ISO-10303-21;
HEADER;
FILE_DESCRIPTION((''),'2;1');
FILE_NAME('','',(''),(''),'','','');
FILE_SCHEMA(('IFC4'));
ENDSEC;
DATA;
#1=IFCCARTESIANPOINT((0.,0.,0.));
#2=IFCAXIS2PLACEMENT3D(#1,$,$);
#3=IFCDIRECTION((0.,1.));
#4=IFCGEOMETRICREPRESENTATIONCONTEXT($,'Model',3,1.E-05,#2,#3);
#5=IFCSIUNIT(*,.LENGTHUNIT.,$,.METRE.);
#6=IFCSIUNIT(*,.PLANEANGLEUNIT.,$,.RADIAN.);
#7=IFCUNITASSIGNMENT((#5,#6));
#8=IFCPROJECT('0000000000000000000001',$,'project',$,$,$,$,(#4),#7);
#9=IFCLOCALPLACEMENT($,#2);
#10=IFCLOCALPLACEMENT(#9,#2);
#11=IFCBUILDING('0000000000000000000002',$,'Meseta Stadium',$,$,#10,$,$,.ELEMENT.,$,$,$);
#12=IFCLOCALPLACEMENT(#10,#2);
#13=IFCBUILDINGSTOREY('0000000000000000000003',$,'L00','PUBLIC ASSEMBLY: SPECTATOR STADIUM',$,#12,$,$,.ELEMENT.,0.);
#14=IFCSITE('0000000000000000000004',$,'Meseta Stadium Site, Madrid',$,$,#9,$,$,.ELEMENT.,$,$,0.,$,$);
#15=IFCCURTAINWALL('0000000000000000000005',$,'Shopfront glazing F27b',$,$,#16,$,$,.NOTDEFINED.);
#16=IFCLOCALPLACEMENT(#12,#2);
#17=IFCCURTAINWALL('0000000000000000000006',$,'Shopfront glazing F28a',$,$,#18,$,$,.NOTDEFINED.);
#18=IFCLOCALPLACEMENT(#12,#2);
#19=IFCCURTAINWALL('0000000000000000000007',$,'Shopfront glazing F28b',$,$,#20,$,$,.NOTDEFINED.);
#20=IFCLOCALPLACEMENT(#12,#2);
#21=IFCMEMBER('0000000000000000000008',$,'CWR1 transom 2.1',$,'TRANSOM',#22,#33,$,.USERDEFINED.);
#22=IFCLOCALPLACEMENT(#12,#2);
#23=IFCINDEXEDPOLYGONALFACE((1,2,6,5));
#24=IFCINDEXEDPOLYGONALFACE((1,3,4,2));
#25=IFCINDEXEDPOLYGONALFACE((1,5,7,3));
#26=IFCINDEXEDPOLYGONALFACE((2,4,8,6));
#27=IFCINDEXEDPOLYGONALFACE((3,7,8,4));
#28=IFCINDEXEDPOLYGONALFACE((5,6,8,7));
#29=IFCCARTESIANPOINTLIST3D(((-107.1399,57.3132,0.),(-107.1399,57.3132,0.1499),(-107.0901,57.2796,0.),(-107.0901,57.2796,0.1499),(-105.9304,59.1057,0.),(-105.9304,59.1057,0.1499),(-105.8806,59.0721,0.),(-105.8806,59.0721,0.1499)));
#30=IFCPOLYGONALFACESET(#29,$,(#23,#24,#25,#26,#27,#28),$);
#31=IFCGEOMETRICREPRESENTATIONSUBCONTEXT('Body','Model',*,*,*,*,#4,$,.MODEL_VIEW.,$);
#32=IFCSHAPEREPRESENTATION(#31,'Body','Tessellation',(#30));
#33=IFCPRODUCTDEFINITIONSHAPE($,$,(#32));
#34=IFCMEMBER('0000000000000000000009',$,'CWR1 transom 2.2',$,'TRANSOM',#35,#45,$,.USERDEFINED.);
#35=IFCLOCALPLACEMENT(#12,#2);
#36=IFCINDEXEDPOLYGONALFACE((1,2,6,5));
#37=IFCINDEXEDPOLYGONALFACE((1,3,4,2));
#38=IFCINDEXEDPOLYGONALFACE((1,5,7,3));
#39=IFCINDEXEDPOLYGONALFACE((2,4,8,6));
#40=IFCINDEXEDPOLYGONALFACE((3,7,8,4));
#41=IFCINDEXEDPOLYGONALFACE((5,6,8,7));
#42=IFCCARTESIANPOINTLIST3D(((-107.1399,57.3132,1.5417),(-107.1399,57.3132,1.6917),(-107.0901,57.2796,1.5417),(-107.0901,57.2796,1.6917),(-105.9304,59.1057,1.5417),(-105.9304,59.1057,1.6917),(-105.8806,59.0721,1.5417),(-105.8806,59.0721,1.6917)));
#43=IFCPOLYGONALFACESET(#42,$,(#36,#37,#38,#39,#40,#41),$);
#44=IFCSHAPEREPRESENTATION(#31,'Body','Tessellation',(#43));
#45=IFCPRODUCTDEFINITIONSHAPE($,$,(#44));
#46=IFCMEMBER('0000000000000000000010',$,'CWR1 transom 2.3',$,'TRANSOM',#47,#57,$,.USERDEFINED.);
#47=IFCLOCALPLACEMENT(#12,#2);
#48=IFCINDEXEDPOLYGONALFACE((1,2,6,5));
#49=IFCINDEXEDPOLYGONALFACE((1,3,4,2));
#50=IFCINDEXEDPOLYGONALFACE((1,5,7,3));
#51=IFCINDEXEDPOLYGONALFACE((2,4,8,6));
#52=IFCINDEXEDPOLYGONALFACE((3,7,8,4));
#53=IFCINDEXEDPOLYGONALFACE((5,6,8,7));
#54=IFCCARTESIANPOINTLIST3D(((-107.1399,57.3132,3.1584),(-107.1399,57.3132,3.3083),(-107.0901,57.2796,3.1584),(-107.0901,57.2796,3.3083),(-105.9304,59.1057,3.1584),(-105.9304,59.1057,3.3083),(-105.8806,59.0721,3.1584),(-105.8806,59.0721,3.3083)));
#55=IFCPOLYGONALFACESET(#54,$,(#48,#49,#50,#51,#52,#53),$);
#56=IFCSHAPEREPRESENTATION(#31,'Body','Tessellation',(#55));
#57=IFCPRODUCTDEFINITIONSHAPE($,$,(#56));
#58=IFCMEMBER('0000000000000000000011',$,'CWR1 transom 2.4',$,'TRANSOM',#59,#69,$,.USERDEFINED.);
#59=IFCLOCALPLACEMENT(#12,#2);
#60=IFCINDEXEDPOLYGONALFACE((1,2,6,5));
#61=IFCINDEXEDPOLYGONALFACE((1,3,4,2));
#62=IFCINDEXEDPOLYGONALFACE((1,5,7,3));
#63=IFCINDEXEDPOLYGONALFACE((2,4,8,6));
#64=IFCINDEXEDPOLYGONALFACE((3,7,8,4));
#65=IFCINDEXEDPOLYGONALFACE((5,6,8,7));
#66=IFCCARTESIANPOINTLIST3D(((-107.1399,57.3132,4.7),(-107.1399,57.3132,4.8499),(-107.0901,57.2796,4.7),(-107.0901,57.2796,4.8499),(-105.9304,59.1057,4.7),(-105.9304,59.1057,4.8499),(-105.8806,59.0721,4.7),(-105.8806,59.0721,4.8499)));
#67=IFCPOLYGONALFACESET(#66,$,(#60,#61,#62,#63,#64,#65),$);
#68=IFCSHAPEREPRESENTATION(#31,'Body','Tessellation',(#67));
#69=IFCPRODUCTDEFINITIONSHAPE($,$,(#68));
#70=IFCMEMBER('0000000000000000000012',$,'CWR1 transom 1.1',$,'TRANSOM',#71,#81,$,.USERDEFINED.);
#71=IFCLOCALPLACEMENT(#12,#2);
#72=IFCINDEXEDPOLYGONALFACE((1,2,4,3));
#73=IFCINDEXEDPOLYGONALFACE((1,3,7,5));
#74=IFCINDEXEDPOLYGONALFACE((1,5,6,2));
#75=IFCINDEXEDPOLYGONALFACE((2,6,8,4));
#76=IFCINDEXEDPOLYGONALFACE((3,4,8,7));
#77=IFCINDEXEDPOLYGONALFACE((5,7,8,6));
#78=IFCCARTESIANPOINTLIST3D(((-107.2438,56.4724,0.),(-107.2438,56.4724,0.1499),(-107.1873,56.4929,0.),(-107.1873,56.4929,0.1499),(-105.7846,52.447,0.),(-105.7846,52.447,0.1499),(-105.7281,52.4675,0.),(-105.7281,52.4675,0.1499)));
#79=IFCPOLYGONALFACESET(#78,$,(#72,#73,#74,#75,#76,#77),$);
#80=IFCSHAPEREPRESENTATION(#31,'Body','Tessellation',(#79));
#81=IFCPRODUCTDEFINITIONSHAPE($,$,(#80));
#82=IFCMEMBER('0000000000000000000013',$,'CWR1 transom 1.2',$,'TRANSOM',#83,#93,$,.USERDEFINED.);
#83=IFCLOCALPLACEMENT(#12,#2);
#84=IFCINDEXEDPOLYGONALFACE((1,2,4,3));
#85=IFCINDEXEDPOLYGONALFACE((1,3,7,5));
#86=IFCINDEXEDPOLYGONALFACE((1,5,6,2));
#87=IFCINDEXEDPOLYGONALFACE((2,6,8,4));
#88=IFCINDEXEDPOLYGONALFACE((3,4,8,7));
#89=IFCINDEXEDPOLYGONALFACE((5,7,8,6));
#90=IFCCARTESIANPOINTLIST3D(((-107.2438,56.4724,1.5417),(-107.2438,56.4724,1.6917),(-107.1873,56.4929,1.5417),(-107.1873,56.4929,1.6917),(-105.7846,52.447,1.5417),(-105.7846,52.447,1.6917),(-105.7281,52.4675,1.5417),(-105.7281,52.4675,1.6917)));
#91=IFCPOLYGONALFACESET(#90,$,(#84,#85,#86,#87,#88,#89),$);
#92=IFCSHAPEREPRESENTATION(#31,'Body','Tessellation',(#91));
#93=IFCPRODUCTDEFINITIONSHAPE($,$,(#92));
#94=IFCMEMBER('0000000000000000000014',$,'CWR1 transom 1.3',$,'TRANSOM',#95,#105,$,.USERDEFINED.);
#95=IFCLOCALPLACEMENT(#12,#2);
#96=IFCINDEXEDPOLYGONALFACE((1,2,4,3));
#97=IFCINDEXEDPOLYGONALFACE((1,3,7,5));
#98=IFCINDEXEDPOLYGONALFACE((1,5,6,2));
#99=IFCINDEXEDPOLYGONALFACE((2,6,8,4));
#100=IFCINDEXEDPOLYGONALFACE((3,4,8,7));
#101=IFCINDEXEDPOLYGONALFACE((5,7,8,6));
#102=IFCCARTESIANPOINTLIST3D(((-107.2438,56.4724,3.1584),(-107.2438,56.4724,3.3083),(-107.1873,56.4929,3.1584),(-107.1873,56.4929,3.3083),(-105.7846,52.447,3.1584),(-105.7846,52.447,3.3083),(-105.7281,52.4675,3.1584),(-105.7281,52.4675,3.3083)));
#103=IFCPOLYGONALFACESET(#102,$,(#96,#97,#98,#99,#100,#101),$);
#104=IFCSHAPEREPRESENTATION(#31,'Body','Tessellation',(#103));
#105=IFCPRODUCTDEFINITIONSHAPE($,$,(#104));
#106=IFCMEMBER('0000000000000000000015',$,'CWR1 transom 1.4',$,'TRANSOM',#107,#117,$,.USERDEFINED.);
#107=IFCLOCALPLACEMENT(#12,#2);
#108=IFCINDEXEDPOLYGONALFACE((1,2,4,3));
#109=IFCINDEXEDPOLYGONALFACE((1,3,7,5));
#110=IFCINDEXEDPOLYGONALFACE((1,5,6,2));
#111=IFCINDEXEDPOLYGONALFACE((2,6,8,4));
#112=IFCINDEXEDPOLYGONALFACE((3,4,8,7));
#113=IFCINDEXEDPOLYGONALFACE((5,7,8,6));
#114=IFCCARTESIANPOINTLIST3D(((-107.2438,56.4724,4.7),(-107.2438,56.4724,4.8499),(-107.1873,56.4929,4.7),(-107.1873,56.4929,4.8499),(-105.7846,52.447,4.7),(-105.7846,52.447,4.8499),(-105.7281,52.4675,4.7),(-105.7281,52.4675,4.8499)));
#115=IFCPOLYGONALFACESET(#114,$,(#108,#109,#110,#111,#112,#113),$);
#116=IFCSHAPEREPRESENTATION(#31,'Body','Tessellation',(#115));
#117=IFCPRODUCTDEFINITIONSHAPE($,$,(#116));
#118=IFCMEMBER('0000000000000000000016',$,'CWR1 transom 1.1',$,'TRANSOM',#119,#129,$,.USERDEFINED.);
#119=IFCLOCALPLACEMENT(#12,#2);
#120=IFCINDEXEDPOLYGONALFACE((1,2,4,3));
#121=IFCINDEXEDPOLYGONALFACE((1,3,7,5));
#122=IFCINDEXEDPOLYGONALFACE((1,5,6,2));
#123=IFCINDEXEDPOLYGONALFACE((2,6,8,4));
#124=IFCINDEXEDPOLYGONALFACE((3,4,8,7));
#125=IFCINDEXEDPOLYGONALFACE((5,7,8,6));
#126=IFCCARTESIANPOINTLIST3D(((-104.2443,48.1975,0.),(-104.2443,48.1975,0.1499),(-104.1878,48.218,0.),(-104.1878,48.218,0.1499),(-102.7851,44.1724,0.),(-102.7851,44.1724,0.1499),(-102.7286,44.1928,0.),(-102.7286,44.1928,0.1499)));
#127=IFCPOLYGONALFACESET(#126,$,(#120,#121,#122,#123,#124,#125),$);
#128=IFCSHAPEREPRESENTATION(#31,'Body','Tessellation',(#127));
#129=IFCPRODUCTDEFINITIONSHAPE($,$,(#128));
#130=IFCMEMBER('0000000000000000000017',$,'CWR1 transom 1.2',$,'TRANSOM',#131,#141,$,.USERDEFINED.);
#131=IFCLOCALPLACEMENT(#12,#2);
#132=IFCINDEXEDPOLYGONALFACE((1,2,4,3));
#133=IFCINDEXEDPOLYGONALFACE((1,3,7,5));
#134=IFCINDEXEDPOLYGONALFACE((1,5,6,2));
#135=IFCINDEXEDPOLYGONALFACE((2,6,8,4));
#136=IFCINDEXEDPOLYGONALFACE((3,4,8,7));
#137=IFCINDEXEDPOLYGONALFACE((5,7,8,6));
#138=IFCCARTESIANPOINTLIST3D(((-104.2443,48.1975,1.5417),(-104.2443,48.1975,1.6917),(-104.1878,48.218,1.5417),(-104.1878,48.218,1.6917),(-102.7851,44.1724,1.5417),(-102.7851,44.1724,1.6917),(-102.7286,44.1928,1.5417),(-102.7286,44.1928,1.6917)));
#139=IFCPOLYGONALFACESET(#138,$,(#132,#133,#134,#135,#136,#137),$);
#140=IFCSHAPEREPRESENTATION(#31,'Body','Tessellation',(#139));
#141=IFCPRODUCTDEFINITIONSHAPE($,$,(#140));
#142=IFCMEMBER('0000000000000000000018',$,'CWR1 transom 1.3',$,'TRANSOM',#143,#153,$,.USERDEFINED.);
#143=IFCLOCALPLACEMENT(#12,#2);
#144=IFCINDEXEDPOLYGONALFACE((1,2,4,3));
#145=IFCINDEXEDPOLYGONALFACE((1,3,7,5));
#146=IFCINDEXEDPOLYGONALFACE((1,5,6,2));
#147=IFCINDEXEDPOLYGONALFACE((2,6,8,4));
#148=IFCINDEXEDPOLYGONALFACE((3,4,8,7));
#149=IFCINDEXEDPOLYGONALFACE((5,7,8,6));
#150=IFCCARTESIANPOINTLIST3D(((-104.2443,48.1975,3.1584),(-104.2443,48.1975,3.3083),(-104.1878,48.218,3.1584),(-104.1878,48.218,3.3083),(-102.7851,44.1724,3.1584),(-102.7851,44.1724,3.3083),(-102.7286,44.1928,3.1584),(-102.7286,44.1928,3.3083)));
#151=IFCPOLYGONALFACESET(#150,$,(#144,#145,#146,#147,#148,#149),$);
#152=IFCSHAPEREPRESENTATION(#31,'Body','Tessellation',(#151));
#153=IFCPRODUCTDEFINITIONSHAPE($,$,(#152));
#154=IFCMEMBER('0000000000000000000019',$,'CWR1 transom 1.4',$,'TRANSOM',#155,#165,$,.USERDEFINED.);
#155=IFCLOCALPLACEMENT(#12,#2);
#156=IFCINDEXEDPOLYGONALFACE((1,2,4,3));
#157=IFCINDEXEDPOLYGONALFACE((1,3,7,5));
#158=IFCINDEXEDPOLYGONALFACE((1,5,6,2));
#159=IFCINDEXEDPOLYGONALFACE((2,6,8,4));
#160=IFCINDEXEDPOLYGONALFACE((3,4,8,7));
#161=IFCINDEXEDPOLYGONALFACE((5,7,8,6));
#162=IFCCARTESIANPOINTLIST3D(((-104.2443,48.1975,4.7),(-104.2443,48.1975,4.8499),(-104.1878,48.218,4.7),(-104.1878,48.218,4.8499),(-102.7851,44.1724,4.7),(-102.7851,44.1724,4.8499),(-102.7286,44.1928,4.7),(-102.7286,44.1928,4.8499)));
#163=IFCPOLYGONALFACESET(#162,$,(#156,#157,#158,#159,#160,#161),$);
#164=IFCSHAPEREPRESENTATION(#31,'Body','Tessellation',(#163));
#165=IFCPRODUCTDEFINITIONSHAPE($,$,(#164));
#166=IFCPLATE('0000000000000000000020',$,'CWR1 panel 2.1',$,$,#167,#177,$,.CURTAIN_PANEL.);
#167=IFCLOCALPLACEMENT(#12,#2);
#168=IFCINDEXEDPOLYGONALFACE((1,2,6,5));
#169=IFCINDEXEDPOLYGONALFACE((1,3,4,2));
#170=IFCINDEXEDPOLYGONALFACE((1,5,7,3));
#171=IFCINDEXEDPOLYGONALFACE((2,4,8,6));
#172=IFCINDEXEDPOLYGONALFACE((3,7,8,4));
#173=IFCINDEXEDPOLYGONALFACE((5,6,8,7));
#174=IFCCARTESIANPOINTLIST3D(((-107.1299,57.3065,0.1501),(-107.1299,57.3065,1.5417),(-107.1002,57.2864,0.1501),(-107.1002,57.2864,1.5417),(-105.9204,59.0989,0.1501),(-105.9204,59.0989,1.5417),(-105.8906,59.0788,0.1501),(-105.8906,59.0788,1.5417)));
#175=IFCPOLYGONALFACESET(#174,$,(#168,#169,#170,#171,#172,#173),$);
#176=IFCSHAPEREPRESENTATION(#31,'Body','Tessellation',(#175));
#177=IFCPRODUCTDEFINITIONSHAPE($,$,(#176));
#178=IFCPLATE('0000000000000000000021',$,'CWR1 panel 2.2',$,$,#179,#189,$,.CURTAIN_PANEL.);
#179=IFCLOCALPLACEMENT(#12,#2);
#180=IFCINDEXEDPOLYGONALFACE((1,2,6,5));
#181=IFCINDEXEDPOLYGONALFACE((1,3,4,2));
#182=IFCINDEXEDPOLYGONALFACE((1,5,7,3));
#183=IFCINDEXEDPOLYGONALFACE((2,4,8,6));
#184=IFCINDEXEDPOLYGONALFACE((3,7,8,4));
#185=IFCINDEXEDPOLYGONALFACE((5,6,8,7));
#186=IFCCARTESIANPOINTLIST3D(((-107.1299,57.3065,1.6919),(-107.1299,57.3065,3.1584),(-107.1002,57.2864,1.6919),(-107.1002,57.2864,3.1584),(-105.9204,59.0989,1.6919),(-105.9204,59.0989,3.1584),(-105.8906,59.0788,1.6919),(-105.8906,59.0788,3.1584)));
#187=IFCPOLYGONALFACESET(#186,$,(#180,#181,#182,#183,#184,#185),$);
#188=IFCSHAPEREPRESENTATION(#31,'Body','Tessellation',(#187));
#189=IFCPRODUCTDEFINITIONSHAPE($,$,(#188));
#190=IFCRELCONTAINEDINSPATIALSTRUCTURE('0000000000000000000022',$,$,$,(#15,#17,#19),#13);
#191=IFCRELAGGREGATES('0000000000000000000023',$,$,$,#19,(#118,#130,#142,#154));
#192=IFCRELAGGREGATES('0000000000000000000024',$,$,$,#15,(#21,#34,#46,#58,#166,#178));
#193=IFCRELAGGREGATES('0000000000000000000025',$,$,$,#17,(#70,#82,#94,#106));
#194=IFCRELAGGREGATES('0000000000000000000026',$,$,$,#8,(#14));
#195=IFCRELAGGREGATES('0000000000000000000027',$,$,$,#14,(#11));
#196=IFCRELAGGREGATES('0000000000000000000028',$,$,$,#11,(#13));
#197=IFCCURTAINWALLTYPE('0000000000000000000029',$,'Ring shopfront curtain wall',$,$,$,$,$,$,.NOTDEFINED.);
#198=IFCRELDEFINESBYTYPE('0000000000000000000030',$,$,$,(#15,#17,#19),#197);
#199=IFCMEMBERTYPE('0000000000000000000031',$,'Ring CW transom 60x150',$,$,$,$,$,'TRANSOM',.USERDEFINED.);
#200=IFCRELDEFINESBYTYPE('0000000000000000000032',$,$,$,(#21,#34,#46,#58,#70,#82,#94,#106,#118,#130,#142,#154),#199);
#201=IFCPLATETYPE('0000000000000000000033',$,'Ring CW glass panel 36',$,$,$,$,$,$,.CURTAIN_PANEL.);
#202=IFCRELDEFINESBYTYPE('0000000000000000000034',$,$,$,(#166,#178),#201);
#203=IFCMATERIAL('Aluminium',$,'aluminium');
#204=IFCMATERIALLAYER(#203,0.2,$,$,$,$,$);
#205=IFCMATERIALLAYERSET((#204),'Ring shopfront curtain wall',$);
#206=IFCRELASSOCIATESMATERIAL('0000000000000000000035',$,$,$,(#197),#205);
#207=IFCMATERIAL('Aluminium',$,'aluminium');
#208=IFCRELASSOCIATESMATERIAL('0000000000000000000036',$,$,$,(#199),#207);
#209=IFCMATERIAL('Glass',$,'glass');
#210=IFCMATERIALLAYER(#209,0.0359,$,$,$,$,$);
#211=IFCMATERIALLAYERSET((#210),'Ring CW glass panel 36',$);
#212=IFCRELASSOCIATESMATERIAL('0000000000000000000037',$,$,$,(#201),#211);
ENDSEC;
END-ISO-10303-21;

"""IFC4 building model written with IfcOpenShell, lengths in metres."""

from ifc_helpers import new_model, si_unit, direction, frame, origin, origin_2d, place, context, subcontext, project, spatial, rectangle, extrude, material, layer, layer_set, material_profile, profile_set, type_object, element, aggregate, save


model = new_model("IFC4")

# Units and contexts
model_context = context("Model", 3, precision=1e-05, world=origin(), true_north=direction((0.0, 1.0)))
body_context = subcontext(model_context, "Body", "Model", "MODEL_VIEW")
ifc_project = project(units=[si_unit("LENGTHUNIT", "METRE"), si_unit("PLANEANGLEUNIT", "RADIAN")], contexts=[model_context])

# Site, building, storey
site_placement = place(None, origin())
site = spatial("IfcSite", under=ifc_project, at=site_placement, Name="Meseta Stadium Site, Madrid", CompositionType="ELEMENT", RefElevation=0.0)
building_placement = place(site_placement, origin())
building = spatial("IfcBuilding", under=site, at=building_placement, Name="Meseta Stadium", CompositionType="ELEMENT")
storey_placement = place(building_placement, origin())
storey = spatial("IfcBuildingStorey", under=building, at=storey_placement, Name="L00", Description="PUBLIC ASSEMBLY: SPECTATOR STADIUM", CompositionType="ELEMENT", Elevation=0.0)

# Curtain walls
ifc_material_1 = material(Name="Aluminium", Category="aluminium")
ifc_layer_1 = layer(ifc_material_1, 0.2)
ifc_layer_set_1 = layer_set([ifc_layer_1], Name="Ring shopfront curtain wall")
curtain_wall_type = type_object("IfcCurtainWallType", Name="Ring shopfront curtain wall", PredefinedType="NOTDEFINED", material=ifc_layer_set_1)
curtain_wall_1_placement = place(storey_placement, origin())
curtain_wall_1 = element("IfcCurtainWall", 1, at=curtain_wall_1_placement, inside=storey, type_object=curtain_wall_type, Name="Shopfront glazing F27b", PredefinedType="NOTDEFINED")
curtain_wall_2_placement = place(storey_placement, origin())
curtain_wall_2 = element("IfcCurtainWall", 2, at=curtain_wall_2_placement, inside=storey, type_object=curtain_wall_type, Name="Shopfront glazing F28a", PredefinedType="NOTDEFINED")

# Curtain wall
curtain_wall_3_placement = place(storey_placement, origin())
curtain_wall_3 = element("IfcCurtainWall", 3, at=curtain_wall_3_placement, inside=storey, type_object=curtain_wall_type, Name="Shopfront glazing F28b", PredefinedType="NOTDEFINED")

# Members
ifc_material_2 = material(Name="Aluminium", Category="aluminium")
ifc_material_profile_1 = material_profile(ifc_material_2, rectangle(XDim=0.0601, YDim=0.1499, at=origin_2d()), Name="CW 60x150")
ifc_profile_set_1 = profile_set([ifc_material_profile_1], Name="Aluminium")
member_type_1 = type_object("IfcMemberType", Name="Ring CW transom 60x150", ElementType="TRANSOM", PredefinedType="USERDEFINED", material=ifc_profile_set_1)
member_1_placement = place(storey_placement, frame((-105.9055, 59.0889, 0.075), z_axis=(-0.559329, -0.828946, 0.0), x_axis=(0.828946, -0.559329, 0.0)))
member_1 = element("IfcMember", 4, at=member_1_placement, type_object=member_type_1, Name="CWR1 transom 2.1", ObjectType="TRANSOM", PredefinedType="USERDEFINED", context=body_context, shape_type="SweptSolid", body=[
    extrude(rectangle(XDim=0.0601, YDim=0.1499, at=origin_2d()), origin(), (0.0, 0.0, 1.0), 2.1624),
])
member_2_placement = place(storey_placement, frame((-105.9055, 59.0889, 1.6167), z_axis=(-0.559329, -0.828946, 0.0), x_axis=(0.828946, -0.559329, 0.0)))
member_2 = element("IfcMember", 5, at=member_2_placement, type_object=member_type_1, Name="CWR1 transom 2.2", ObjectType="TRANSOM", PredefinedType="USERDEFINED", context=body_context, shape_type="SweptSolid", body=[
    extrude(rectangle(XDim=0.0601, YDim=0.1499, at=origin_2d()), origin(), (0.0, 0.0, 1.0), 2.1624),
])
member_3_placement = place(storey_placement, frame((-105.9055, 59.0889, 3.2334), z_axis=(-0.559329, -0.828946, 0.0), x_axis=(0.828946, -0.559329, 0.0)))
member_3 = element("IfcMember", 6, at=member_3_placement, type_object=member_type_1, Name="CWR1 transom 2.3", ObjectType="TRANSOM", PredefinedType="USERDEFINED", context=body_context, shape_type="SweptSolid", body=[
    extrude(rectangle(XDim=0.0601, YDim=0.1499, at=origin_2d()), origin(), (0.0, 0.0, 1.0), 2.1624),
])
member_4_placement = place(storey_placement, frame((-105.9055, 59.0889, 4.7749), z_axis=(-0.559329, -0.828946, 0.0), x_axis=(0.828946, -0.559329, 0.0)))
member_4 = element("IfcMember", 7, at=member_4_placement, type_object=member_type_1, Name="CWR1 transom 2.4", ObjectType="TRANSOM", PredefinedType="USERDEFINED", context=body_context, shape_type="SweptSolid", body=[
    extrude(rectangle(XDim=0.0601, YDim=0.1499, at=origin_2d()), origin(), (0.0, 0.0, 1.0), 2.1624),
])
member_5_placement = place(storey_placement, frame((-107.2156, 56.4827, 0.075), z_axis=(0.340804, -0.940134, 0.0), x_axis=(0.940134, 0.340804, 0.0)))
member_5 = element("IfcMember", 8, at=member_5_placement, type_object=member_type_1, Name="CWR1 transom 1.1", ObjectType="TRANSOM", PredefinedType="USERDEFINED", context=body_context, shape_type="SweptSolid", body=[
    extrude(rectangle(XDim=0.0601, YDim=0.1499, at=origin_2d()), origin(), (0.0, 0.0, 1.0), 4.2817),
])
member_6_placement = place(storey_placement, frame((-107.2156, 56.4827, 1.6167), z_axis=(0.340804, -0.940134, 0.0), x_axis=(0.940134, 0.340804, 0.0)))
member_6 = element("IfcMember", 9, at=member_6_placement, type_object=member_type_1, Name="CWR1 transom 1.2", ObjectType="TRANSOM", PredefinedType="USERDEFINED", context=body_context, shape_type="SweptSolid", body=[
    extrude(rectangle(XDim=0.0601, YDim=0.1499, at=origin_2d()), origin(), (0.0, 0.0, 1.0), 4.2817),
])
member_7_placement = place(storey_placement, frame((-107.2156, 56.4827, 3.2334), z_axis=(0.340804, -0.940134, 0.0), x_axis=(0.940134, 0.340804, 0.0)))
member_7 = element("IfcMember", 10, at=member_7_placement, type_object=member_type_1, Name="CWR1 transom 1.3", ObjectType="TRANSOM", PredefinedType="USERDEFINED", context=body_context, shape_type="SweptSolid", body=[
    extrude(rectangle(XDim=0.0601, YDim=0.1499, at=origin_2d()), origin(), (0.0, 0.0, 1.0), 4.2817),
])
member_8_placement = place(storey_placement, frame((-107.2156, 56.4827, 4.7749), z_axis=(0.340804, -0.940134, 0.0), x_axis=(0.940134, 0.340804, 0.0)))
member_8 = element("IfcMember", 11, at=member_8_placement, type_object=member_type_1, Name="CWR1 transom 1.4", ObjectType="TRANSOM", PredefinedType="USERDEFINED", context=body_context, shape_type="SweptSolid", body=[
    extrude(rectangle(XDim=0.0601, YDim=0.1499, at=origin_2d()), origin(), (0.0, 0.0, 1.0), 4.2817),
])
member_9_placement = place(storey_placement, frame((-104.2161, 48.2078, 0.075), z_axis=(0.340823, -0.940128, 0.0), x_axis=(0.940128, 0.340823, 0.0)))
member_9 = element("IfcMember", 12, at=member_9_placement, type_object=member_type_1, Name="CWR1 transom 1.1", ObjectType="TRANSOM", PredefinedType="USERDEFINED", context=body_context, shape_type="SweptSolid", body=[
    extrude(rectangle(XDim=0.0601, YDim=0.1499, at=origin_2d()), origin(), (0.0, 0.0, 1.0), 4.2815),
])
member_10_placement = place(storey_placement, frame((-104.2161, 48.2078, 1.6167), z_axis=(0.340823, -0.940128, 0.0), x_axis=(0.940128, 0.340823, 0.0)))
member_10 = element("IfcMember", 13, at=member_10_placement, type_object=member_type_1, Name="CWR1 transom 1.2", ObjectType="TRANSOM", PredefinedType="USERDEFINED", context=body_context, shape_type="SweptSolid", body=[
    extrude(rectangle(XDim=0.0601, YDim=0.1499, at=origin_2d()), origin(), (0.0, 0.0, 1.0), 4.2815),
])
member_11_placement = place(storey_placement, frame((-104.2161, 48.2078, 3.2334), z_axis=(0.340823, -0.940128, 0.0), x_axis=(0.940128, 0.340823, 0.0)))
member_11 = element("IfcMember", 14, at=member_11_placement, type_object=member_type_1, Name="CWR1 transom 1.3", ObjectType="TRANSOM", PredefinedType="USERDEFINED", context=body_context, shape_type="SweptSolid", body=[
    extrude(rectangle(XDim=0.0601, YDim=0.1499, at=origin_2d()), origin(), (0.0, 0.0, 1.0), 4.2815),
])
member_12_placement = place(storey_placement, frame((-104.2161, 48.2078, 4.7749), z_axis=(0.340823, -0.940128, 0.0), x_axis=(0.940128, 0.340823, 0.0)))
member_12 = element("IfcMember", 15, at=member_12_placement, type_object=member_type_1, Name="CWR1 transom 1.4", ObjectType="TRANSOM", PredefinedType="USERDEFINED", context=body_context, shape_type="SweptSolid", body=[
    extrude(rectangle(XDim=0.0601, YDim=0.1499, at=origin_2d()), origin(), (0.0, 0.0, 1.0), 4.2815),
])
aggregate(curtain_wall_3, [member_9, member_10, member_11, member_12])

# Plates
ifc_material_3 = material(Name="Glass", Category="glass")
ifc_layer_2 = layer(ifc_material_3, 0.0359)
ifc_layer_set_2 = layer_set([ifc_layer_2], Name="Ring CW glass panel 36")
plate_type = type_object("IfcPlateType", Name="Ring CW glass panel 36", PredefinedType="CURTAIN_PANEL", material=ifc_layer_set_2)
plate_1_placement = place(storey_placement, frame((-106.5103, 58.1926, 0.1501), z_axis=(0.0, 0.0, 1.0), x_axis=(-0.559368, -0.828919, 0.0)))
plate_1 = element("IfcPlate", 16, at=plate_1_placement, type_object=plate_type, Name="CWR1 panel 2.1", PredefinedType="CURTAIN_PANEL", context=body_context, shape_type="SweptSolid", body=[
    extrude(rectangle(XDim=2.1624, YDim=0.0359, at=origin_2d()), origin(), (0.0, 0.0, 1.0), 1.3916),
])
plate_2_placement = place(storey_placement, frame((-106.5103, 58.1926, 1.6919), z_axis=(0.0, 0.0, 1.0), x_axis=(-0.559368, -0.828919, 0.0)))
plate_2 = element("IfcPlate", 17, at=plate_2_placement, type_object=plate_type, Name="CWR1 panel 2.2", PredefinedType="CURTAIN_PANEL", context=body_context, shape_type="SweptSolid", body=[
    extrude(rectangle(XDim=2.1624, YDim=0.0359, at=origin_2d()), origin(), (0.0, 0.0, 1.0), 1.4666),
])
aggregate(curtain_wall_1, [member_1, member_2, member_3, member_4, plate_1, plate_2])
aggregate(curtain_wall_2, [member_5, member_6, member_7, member_8])

save(model, "model.ifc")
